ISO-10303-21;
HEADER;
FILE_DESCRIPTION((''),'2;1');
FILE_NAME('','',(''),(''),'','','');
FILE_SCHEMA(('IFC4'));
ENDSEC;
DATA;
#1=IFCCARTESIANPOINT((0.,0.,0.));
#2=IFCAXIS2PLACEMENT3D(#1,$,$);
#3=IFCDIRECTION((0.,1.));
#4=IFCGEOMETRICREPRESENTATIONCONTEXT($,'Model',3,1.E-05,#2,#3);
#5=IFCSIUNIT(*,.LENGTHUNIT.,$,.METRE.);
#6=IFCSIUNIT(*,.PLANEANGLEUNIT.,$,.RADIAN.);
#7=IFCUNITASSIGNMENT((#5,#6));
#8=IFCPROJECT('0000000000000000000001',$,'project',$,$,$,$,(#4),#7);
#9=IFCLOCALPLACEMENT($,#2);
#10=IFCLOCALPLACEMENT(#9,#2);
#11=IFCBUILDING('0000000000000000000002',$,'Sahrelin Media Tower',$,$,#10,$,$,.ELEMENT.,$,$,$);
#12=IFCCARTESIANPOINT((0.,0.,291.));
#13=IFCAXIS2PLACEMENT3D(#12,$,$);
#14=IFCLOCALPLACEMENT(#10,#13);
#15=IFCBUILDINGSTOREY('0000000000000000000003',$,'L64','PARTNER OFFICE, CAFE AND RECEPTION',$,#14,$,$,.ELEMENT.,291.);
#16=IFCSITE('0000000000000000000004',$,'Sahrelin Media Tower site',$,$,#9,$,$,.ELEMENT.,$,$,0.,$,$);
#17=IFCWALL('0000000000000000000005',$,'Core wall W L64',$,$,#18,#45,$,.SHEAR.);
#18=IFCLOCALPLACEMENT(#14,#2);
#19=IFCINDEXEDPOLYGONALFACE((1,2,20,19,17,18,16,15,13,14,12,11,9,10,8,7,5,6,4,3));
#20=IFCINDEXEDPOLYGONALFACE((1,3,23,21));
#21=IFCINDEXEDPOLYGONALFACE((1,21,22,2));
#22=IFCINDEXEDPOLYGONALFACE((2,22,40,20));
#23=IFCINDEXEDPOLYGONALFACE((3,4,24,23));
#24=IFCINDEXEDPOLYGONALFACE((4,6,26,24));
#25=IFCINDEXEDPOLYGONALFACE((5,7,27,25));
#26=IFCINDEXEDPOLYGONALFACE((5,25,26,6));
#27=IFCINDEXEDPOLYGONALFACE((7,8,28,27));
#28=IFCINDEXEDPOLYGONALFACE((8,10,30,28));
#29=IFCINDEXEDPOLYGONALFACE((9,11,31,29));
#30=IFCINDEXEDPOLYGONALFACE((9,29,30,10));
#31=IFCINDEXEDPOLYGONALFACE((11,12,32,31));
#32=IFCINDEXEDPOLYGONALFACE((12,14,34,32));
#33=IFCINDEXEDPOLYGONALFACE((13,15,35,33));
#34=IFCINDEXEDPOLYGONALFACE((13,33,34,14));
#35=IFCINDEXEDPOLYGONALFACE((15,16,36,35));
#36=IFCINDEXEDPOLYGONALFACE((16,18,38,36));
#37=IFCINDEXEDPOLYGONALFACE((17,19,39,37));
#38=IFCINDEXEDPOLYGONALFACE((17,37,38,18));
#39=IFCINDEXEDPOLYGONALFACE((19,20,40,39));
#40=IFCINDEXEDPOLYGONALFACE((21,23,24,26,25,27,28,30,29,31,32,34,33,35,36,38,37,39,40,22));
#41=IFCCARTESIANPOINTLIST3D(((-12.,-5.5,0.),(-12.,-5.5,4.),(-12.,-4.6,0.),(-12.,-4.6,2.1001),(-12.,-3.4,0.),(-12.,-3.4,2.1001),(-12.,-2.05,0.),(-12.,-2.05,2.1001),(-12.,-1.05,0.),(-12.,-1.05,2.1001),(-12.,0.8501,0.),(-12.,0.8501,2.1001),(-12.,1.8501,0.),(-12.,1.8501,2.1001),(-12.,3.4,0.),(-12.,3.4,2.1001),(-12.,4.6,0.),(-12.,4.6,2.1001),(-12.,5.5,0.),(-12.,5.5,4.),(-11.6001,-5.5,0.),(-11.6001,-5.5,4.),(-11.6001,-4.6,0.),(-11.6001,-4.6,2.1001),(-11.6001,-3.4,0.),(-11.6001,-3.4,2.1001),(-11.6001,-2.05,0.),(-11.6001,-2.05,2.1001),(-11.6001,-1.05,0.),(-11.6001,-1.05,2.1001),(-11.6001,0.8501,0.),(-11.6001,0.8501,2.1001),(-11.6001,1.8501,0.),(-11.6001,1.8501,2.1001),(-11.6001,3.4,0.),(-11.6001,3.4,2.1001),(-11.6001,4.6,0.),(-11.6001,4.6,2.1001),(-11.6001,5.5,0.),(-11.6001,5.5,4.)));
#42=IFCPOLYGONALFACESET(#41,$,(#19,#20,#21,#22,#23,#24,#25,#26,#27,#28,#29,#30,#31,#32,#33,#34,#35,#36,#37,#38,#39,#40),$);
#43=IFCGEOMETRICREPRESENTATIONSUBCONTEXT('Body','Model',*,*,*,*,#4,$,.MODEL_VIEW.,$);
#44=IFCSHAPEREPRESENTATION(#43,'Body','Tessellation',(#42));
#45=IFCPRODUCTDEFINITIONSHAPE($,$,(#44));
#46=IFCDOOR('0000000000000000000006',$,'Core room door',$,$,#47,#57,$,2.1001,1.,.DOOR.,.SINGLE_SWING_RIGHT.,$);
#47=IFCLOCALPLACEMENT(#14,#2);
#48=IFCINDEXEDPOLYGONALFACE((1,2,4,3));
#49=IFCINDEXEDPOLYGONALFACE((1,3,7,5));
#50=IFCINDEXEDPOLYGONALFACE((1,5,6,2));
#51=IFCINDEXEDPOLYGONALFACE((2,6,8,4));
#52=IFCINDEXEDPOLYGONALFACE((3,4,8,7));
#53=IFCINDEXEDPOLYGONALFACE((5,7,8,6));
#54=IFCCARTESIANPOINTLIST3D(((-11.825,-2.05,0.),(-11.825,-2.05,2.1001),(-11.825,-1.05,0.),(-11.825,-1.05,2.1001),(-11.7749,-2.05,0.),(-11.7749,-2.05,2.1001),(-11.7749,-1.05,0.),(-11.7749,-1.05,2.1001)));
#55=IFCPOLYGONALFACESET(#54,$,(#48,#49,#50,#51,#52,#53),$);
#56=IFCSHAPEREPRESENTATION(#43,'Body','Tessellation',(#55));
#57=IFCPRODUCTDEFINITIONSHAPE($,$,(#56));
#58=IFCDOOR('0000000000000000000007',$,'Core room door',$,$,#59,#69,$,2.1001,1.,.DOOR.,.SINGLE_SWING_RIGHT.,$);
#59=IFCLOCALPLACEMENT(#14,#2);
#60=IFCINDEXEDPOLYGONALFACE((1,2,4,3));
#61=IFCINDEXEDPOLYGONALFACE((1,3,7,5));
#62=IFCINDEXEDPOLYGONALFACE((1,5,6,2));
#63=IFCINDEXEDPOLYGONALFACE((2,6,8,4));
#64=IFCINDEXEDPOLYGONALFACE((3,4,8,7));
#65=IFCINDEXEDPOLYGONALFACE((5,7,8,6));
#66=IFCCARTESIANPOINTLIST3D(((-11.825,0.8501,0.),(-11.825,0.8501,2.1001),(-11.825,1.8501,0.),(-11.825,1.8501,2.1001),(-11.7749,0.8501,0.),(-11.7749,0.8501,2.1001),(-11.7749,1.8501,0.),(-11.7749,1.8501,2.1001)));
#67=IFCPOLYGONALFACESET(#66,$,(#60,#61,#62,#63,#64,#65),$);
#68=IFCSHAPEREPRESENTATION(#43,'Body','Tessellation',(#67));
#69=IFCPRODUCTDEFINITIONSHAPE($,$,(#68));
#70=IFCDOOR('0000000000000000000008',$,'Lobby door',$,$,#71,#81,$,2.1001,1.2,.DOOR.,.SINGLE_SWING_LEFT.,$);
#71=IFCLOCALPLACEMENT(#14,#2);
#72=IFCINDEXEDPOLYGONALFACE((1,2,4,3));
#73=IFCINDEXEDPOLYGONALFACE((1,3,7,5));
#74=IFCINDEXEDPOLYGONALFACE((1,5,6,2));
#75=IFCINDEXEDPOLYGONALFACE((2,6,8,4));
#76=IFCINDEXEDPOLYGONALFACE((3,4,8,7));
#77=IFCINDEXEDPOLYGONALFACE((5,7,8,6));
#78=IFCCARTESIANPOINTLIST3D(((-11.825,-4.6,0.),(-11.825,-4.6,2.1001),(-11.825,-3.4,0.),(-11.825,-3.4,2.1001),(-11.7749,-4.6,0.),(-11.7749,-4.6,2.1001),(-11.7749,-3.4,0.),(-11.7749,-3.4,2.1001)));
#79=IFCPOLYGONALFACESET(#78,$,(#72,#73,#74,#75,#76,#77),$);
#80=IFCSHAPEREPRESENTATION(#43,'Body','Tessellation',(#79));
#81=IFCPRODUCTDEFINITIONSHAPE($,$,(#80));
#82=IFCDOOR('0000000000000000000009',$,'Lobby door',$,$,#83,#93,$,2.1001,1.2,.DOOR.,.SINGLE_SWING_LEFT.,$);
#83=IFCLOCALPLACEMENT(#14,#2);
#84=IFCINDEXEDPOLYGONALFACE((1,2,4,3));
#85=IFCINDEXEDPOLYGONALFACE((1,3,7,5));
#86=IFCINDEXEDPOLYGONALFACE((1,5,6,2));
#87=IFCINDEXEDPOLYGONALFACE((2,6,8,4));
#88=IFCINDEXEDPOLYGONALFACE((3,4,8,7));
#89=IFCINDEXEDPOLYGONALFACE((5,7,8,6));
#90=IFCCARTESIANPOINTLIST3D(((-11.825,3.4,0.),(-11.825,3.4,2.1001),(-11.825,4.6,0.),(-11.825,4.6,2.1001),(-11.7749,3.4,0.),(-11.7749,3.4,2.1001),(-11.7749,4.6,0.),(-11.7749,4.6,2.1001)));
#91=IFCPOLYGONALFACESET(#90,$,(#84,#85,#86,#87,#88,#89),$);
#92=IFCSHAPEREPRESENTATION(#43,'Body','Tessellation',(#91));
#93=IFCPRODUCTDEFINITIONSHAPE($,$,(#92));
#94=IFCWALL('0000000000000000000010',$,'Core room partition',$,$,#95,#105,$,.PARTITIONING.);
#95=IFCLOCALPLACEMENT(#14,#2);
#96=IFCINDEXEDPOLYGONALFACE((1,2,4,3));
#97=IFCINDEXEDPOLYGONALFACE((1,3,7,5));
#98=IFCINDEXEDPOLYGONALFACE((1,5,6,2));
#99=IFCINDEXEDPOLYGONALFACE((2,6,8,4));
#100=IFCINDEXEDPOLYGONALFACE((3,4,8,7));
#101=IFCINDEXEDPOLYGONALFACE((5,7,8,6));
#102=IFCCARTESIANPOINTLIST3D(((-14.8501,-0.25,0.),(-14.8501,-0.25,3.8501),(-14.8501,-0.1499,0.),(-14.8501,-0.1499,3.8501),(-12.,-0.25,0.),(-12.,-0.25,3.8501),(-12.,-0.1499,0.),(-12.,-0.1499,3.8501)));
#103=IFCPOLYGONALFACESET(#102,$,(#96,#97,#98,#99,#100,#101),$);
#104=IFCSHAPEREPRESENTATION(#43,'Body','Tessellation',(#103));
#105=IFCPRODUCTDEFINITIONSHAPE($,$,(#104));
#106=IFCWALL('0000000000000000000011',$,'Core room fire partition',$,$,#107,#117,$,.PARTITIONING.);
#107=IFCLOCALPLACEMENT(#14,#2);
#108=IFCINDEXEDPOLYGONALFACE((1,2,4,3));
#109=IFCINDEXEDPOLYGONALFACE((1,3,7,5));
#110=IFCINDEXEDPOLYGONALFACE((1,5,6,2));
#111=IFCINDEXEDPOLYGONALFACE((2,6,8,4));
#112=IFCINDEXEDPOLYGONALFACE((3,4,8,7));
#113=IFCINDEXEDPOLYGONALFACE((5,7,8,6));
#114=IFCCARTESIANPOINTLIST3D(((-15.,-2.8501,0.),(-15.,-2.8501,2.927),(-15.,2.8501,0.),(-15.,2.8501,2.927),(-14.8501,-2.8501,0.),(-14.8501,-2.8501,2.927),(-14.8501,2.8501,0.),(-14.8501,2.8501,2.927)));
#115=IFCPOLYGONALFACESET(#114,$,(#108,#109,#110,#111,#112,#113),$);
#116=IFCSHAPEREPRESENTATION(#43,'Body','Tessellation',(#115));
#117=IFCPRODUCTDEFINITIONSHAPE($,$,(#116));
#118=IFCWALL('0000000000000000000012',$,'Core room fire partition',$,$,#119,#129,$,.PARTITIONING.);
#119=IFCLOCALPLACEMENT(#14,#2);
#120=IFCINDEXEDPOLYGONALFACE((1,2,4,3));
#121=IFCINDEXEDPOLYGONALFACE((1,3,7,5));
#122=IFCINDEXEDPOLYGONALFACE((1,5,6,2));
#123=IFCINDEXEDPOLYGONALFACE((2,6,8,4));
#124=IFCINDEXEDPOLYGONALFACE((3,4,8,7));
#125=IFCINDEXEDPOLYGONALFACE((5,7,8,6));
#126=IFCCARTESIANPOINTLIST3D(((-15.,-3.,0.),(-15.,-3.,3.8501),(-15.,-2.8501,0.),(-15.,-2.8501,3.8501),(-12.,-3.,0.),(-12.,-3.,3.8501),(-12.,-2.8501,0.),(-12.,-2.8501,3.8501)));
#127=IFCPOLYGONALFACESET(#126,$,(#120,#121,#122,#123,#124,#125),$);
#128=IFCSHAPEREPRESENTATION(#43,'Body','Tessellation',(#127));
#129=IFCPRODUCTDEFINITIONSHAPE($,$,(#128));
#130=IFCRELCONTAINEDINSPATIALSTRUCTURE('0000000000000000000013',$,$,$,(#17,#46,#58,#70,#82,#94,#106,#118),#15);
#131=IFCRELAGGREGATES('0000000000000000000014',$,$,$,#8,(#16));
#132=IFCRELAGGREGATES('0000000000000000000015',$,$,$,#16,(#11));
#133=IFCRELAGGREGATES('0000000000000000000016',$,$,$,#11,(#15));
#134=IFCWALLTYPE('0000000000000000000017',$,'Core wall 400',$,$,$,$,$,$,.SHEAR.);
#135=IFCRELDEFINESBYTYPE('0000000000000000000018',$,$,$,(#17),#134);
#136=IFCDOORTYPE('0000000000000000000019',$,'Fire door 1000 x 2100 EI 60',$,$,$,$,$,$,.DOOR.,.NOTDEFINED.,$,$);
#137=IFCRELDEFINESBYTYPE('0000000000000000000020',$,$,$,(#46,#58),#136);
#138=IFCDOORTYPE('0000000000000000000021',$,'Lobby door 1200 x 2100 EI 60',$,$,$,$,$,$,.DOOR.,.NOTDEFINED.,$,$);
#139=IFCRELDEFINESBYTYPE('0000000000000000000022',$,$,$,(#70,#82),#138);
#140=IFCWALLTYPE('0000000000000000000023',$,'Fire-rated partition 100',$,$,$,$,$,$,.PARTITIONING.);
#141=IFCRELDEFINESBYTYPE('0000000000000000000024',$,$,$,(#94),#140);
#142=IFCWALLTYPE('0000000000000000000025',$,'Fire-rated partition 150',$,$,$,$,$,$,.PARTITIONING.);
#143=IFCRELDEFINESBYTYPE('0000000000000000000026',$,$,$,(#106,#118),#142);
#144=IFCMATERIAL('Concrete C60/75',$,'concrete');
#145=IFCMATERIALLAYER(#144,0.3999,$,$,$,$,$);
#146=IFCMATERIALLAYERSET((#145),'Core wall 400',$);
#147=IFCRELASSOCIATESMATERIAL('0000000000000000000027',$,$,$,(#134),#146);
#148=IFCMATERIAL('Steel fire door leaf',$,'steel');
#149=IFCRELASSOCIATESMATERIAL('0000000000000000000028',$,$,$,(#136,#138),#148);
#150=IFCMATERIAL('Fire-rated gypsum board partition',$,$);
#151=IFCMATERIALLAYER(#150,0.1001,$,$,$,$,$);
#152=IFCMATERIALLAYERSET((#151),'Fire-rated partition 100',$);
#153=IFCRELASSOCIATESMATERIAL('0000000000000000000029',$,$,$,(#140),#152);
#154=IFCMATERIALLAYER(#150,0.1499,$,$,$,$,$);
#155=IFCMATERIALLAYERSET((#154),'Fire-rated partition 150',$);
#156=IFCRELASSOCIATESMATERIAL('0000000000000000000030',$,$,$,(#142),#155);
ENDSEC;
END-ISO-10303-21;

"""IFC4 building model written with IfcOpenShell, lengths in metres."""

from ifc_helpers import new_model, si_unit, direction, frame, frame_2d, origin, place, context, subcontext, project, spatial, rectangle, extrude, material, layer, layer_set, type_object, element, fill, save


model = new_model("IFC4")

# Units and contexts
model_context = context("Model", 3, precision=1e-05, world=origin(), true_north=direction((0.0, 1.0)))
body_context = subcontext(model_context, "Body", "Model", "MODEL_VIEW")
ifc_project = project(units=[si_unit("LENGTHUNIT", "METRE"), si_unit("PLANEANGLEUNIT", "RADIAN")], contexts=[model_context])

# Site, building, storey
site_placement = place(None, origin())
site = spatial("IfcSite", under=ifc_project, at=site_placement, Name="Sahrelin Media Tower site", CompositionType="ELEMENT", RefElevation=0.0)
building_placement = place(site_placement, origin())
building = spatial("IfcBuilding", under=site, at=building_placement, Name="Sahrelin Media Tower", CompositionType="ELEMENT")
storey_placement = place(building_placement, frame((0.0, 0.0, 291.0)))
storey = spatial("IfcBuildingStorey", under=building, at=storey_placement, Name="L64", Description="PARTNER OFFICE, CAFE AND RECEPTION", CompositionType="ELEMENT", Elevation=291.0)

# Wall, openings, doors
ifc_material_1 = material(Name="Concrete C60/75", Category="concrete")
ifc_layer_1 = layer(ifc_material_1, 0.3999)
ifc_layer_set_1 = layer_set([ifc_layer_1], Name="Core wall 400")
wall_type_1 = type_object("IfcWallType", Name="Core wall 400", PredefinedType="SHEAR", material=ifc_layer_set_1)
wall_1_placement = place(storey_placement, frame((-11.8, -5.5, 0.0), z_axis=(0.0, 0.0, 1.0), x_axis=(0.0, 1.0, 0.0)))
wall_1 = element("IfcWall", 1, at=wall_1_placement, inside=storey, type_object=wall_type_1, Name="Core wall W L64", PredefinedType="SHEAR", context=body_context, shape_type="SweptSolid", body=[
    extrude(rectangle(XDim=11.0, YDim=0.3999, at=frame_2d((5.5, 0.0))), origin(), (0.0, 0.0, 1.0), 4.0),
])
opening_1_placement = place(wall_1_placement, frame((3.45, 0.0, 0.0)))
opening_1 = element("IfcOpeningElement", 2, at=opening_1_placement, cuts=wall_1, PredefinedType="OPENING", context=body_context, shape_type="SweptSolid", body=[
    extrude(rectangle(XDim=1.0, YDim=2.1001, at=frame_2d((0.5, 1.05))), frame((0.0, 0.2, 0.0), z_axis=(0.0, -1.0, 0.0), x_axis=(1.0, 0.0, 0.0)), (0.0, 0.0, 1.0), 0.3999),
])
opening_2_placement = place(wall_1_placement, frame((6.3501, 0.0, 0.0)))
opening_2 = element("IfcOpeningElement", 3, at=opening_2_placement, cuts=wall_1, PredefinedType="OPENING", context=body_context, shape_type="SweptSolid", body=[
    extrude(rectangle(XDim=1.0, YDim=2.1001, at=frame_2d((0.5, 1.05))), frame((0.0, 0.2, 0.0), z_axis=(0.0, -1.0, 0.0), x_axis=(1.0, 0.0, 0.0)), (0.0, 0.0, 1.0), 0.3999),
])
opening_3_placement = place(wall_1_placement, frame((0.8999, 0.0, 0.0)))
opening_3 = element("IfcOpeningElement", 4, at=opening_3_placement, cuts=wall_1, PredefinedType="OPENING", context=body_context, shape_type="SweptSolid", body=[
    extrude(rectangle(XDim=1.2, YDim=2.1001, at=frame_2d((0.6001, 1.05))), frame((0.0, 0.2, 0.0), z_axis=(0.0, -1.0, 0.0), x_axis=(1.0, 0.0, 0.0)), (0.0, 0.0, 1.0), 0.3999),
])
opening_4_placement = place(wall_1_placement, frame((8.8999, 0.0, 0.0)))
opening_4 = element("IfcOpeningElement", 5, at=opening_4_placement, cuts=wall_1, PredefinedType="OPENING", context=body_context, shape_type="SweptSolid", body=[
    extrude(rectangle(XDim=1.2, YDim=2.1001, at=frame_2d((0.6001, 1.05))), frame((0.0, 0.2, 0.0), z_axis=(0.0, -1.0, 0.0), x_axis=(1.0, 0.0, 0.0)), (0.0, 0.0, 1.0), 0.3999),
])
ifc_material_2 = material(Name="Steel fire door leaf", Category="steel")
door_type_1 = type_object("IfcDoorType", Name="Fire door 1000 x 2100 EI 60", OperationType="NOTDEFINED", PredefinedType="DOOR", material=ifc_material_2)
door_1_placement = place(opening_1_placement, origin())
door_1 = element("IfcDoor", 6, at=door_1_placement, inside=storey, type_object=door_type_1, Name="Core room door", OperationType="SINGLE_SWING_RIGHT", OverallHeight=2.1001, OverallWidth=1.0, PredefinedType="DOOR", context=body_context, shape_type="SweptSolid", body=[
    extrude(rectangle(XDim=1.0, YDim=2.1001, at=frame_2d((0.5, 1.05))), frame((0.0, 0.0249, 0.0), z_axis=(0.0, -1.0, 0.0), x_axis=(1.0, 0.0, 0.0)), (0.0, 0.0, 1.0), 0.05),
])
fill(opening_1, door_1)
door_2_placement = place(opening_2_placement, origin())
door_2 = element("IfcDoor", 7, at=door_2_placement, inside=storey, type_object=door_type_1, Name="Core room door", OperationType="SINGLE_SWING_RIGHT", OverallHeight=2.1001, OverallWidth=1.0, PredefinedType="DOOR", context=body_context, shape_type="SweptSolid", body=[
    extrude(rectangle(XDim=1.0, YDim=2.1001, at=frame_2d((0.5, 1.05))), frame((0.0, 0.0249, 0.0), z_axis=(0.0, -1.0, 0.0), x_axis=(1.0, 0.0, 0.0)), (0.0, 0.0, 1.0), 0.05),
])
fill(opening_2, door_2)
door_type_2 = type_object("IfcDoorType", Name="Lobby door 1200 x 2100 EI 60", OperationType="NOTDEFINED", PredefinedType="DOOR", material=ifc_material_2)
door_3_placement = place(opening_3_placement, origin())
door_3 = element("IfcDoor", 8, at=door_3_placement, inside=storey, type_object=door_type_2, Name="Lobby door", OperationType="SINGLE_SWING_LEFT", OverallHeight=2.1001, OverallWidth=1.2, PredefinedType="DOOR", context=body_context, shape_type="SweptSolid", body=[
    extrude(rectangle(XDim=1.2, YDim=2.1001, at=frame_2d((0.6001, 1.05))), frame((0.0, 0.0249, 0.0), z_axis=(0.0, -1.0, 0.0), x_axis=(1.0, 0.0, 0.0)), (0.0, 0.0, 1.0), 0.05),
])
fill(opening_3, door_3)
door_4_placement = place(opening_4_placement, origin())
door_4 = element("IfcDoor", 9, at=door_4_placement, inside=storey, type_object=door_type_2, Name="Lobby door", OperationType="SINGLE_SWING_LEFT", OverallHeight=2.1001, OverallWidth=1.2, PredefinedType="DOOR", context=body_context, shape_type="SweptSolid", body=[
    extrude(rectangle(XDim=1.2, YDim=2.1001, at=frame_2d((0.6001, 1.05))), frame((0.0, 0.0249, 0.0), z_axis=(0.0, -1.0, 0.0), x_axis=(1.0, 0.0, 0.0)), (0.0, 0.0, 1.0), 0.05),
])
fill(opening_4, door_4)

# Walls
ifc_material_3 = material(Name="Fire-rated gypsum board partition")
ifc_layer_2 = layer(ifc_material_3, 0.1001)
ifc_layer_set_2 = layer_set([ifc_layer_2], Name="Fire-rated partition 100")
wall_type_2 = type_object("IfcWallType", Name="Fire-rated partition 100", PredefinedType="PARTITIONING", material=ifc_layer_set_2)
wall_2_placement = place(storey_placement, frame((-14.8501, -0.2, 0.0), z_axis=(0.0, 0.0, 1.0), x_axis=(1.0, 0.0, 0.0)))
element("IfcWall", 10, at=wall_2_placement, inside=storey, type_object=wall_type_2, Name="Core room partition", PredefinedType="PARTITIONING", context=body_context, shape_type="SweptSolid", body=[
    extrude(rectangle(XDim=2.8501, YDim=0.1001, at=frame_2d((1.425, 0.0))), origin(), (0.0, 0.0, 1.0), 3.8501),
])
ifc_layer_3 = layer(ifc_material_3, 0.1499)
ifc_layer_set_3 = layer_set([ifc_layer_3], Name="Fire-rated partition 150")
wall_type_3 = type_object("IfcWallType", Name="Fire-rated partition 150", PredefinedType="PARTITIONING", material=ifc_layer_set_3)
wall_3_placement = place(storey_placement, frame((-14.925, -2.8501, 0.0), z_axis=(0.0, 0.0, 1.0), x_axis=(0.0, 1.0, 0.0)))
element("IfcWall", 11, at=wall_3_placement, inside=storey, type_object=wall_type_3, Name="Core room fire partition", PredefinedType="PARTITIONING", context=body_context, shape_type="SweptSolid", body=[
    extrude(rectangle(XDim=5.7002, YDim=0.1499, at=frame_2d((2.8501, 0.0))), origin(), (0.0, 0.0, 1.0), 2.927),
])
wall_4_placement = place(storey_placement, frame((-15.0, -2.925, 0.0), z_axis=(0.0, 0.0, 1.0), x_axis=(1.0, 0.0, 0.0)))
element("IfcWall", 12, at=wall_4_placement, inside=storey, type_object=wall_type_3, Name="Core room fire partition", PredefinedType="PARTITIONING", context=body_context, shape_type="SweptSolid", body=[
    extrude(rectangle(XDim=3.0, YDim=0.1499, at=frame_2d((1.5, 0.0))), origin(), (0.0, 0.0, 1.0), 3.8501),
])

save(model, "model.ifc")
